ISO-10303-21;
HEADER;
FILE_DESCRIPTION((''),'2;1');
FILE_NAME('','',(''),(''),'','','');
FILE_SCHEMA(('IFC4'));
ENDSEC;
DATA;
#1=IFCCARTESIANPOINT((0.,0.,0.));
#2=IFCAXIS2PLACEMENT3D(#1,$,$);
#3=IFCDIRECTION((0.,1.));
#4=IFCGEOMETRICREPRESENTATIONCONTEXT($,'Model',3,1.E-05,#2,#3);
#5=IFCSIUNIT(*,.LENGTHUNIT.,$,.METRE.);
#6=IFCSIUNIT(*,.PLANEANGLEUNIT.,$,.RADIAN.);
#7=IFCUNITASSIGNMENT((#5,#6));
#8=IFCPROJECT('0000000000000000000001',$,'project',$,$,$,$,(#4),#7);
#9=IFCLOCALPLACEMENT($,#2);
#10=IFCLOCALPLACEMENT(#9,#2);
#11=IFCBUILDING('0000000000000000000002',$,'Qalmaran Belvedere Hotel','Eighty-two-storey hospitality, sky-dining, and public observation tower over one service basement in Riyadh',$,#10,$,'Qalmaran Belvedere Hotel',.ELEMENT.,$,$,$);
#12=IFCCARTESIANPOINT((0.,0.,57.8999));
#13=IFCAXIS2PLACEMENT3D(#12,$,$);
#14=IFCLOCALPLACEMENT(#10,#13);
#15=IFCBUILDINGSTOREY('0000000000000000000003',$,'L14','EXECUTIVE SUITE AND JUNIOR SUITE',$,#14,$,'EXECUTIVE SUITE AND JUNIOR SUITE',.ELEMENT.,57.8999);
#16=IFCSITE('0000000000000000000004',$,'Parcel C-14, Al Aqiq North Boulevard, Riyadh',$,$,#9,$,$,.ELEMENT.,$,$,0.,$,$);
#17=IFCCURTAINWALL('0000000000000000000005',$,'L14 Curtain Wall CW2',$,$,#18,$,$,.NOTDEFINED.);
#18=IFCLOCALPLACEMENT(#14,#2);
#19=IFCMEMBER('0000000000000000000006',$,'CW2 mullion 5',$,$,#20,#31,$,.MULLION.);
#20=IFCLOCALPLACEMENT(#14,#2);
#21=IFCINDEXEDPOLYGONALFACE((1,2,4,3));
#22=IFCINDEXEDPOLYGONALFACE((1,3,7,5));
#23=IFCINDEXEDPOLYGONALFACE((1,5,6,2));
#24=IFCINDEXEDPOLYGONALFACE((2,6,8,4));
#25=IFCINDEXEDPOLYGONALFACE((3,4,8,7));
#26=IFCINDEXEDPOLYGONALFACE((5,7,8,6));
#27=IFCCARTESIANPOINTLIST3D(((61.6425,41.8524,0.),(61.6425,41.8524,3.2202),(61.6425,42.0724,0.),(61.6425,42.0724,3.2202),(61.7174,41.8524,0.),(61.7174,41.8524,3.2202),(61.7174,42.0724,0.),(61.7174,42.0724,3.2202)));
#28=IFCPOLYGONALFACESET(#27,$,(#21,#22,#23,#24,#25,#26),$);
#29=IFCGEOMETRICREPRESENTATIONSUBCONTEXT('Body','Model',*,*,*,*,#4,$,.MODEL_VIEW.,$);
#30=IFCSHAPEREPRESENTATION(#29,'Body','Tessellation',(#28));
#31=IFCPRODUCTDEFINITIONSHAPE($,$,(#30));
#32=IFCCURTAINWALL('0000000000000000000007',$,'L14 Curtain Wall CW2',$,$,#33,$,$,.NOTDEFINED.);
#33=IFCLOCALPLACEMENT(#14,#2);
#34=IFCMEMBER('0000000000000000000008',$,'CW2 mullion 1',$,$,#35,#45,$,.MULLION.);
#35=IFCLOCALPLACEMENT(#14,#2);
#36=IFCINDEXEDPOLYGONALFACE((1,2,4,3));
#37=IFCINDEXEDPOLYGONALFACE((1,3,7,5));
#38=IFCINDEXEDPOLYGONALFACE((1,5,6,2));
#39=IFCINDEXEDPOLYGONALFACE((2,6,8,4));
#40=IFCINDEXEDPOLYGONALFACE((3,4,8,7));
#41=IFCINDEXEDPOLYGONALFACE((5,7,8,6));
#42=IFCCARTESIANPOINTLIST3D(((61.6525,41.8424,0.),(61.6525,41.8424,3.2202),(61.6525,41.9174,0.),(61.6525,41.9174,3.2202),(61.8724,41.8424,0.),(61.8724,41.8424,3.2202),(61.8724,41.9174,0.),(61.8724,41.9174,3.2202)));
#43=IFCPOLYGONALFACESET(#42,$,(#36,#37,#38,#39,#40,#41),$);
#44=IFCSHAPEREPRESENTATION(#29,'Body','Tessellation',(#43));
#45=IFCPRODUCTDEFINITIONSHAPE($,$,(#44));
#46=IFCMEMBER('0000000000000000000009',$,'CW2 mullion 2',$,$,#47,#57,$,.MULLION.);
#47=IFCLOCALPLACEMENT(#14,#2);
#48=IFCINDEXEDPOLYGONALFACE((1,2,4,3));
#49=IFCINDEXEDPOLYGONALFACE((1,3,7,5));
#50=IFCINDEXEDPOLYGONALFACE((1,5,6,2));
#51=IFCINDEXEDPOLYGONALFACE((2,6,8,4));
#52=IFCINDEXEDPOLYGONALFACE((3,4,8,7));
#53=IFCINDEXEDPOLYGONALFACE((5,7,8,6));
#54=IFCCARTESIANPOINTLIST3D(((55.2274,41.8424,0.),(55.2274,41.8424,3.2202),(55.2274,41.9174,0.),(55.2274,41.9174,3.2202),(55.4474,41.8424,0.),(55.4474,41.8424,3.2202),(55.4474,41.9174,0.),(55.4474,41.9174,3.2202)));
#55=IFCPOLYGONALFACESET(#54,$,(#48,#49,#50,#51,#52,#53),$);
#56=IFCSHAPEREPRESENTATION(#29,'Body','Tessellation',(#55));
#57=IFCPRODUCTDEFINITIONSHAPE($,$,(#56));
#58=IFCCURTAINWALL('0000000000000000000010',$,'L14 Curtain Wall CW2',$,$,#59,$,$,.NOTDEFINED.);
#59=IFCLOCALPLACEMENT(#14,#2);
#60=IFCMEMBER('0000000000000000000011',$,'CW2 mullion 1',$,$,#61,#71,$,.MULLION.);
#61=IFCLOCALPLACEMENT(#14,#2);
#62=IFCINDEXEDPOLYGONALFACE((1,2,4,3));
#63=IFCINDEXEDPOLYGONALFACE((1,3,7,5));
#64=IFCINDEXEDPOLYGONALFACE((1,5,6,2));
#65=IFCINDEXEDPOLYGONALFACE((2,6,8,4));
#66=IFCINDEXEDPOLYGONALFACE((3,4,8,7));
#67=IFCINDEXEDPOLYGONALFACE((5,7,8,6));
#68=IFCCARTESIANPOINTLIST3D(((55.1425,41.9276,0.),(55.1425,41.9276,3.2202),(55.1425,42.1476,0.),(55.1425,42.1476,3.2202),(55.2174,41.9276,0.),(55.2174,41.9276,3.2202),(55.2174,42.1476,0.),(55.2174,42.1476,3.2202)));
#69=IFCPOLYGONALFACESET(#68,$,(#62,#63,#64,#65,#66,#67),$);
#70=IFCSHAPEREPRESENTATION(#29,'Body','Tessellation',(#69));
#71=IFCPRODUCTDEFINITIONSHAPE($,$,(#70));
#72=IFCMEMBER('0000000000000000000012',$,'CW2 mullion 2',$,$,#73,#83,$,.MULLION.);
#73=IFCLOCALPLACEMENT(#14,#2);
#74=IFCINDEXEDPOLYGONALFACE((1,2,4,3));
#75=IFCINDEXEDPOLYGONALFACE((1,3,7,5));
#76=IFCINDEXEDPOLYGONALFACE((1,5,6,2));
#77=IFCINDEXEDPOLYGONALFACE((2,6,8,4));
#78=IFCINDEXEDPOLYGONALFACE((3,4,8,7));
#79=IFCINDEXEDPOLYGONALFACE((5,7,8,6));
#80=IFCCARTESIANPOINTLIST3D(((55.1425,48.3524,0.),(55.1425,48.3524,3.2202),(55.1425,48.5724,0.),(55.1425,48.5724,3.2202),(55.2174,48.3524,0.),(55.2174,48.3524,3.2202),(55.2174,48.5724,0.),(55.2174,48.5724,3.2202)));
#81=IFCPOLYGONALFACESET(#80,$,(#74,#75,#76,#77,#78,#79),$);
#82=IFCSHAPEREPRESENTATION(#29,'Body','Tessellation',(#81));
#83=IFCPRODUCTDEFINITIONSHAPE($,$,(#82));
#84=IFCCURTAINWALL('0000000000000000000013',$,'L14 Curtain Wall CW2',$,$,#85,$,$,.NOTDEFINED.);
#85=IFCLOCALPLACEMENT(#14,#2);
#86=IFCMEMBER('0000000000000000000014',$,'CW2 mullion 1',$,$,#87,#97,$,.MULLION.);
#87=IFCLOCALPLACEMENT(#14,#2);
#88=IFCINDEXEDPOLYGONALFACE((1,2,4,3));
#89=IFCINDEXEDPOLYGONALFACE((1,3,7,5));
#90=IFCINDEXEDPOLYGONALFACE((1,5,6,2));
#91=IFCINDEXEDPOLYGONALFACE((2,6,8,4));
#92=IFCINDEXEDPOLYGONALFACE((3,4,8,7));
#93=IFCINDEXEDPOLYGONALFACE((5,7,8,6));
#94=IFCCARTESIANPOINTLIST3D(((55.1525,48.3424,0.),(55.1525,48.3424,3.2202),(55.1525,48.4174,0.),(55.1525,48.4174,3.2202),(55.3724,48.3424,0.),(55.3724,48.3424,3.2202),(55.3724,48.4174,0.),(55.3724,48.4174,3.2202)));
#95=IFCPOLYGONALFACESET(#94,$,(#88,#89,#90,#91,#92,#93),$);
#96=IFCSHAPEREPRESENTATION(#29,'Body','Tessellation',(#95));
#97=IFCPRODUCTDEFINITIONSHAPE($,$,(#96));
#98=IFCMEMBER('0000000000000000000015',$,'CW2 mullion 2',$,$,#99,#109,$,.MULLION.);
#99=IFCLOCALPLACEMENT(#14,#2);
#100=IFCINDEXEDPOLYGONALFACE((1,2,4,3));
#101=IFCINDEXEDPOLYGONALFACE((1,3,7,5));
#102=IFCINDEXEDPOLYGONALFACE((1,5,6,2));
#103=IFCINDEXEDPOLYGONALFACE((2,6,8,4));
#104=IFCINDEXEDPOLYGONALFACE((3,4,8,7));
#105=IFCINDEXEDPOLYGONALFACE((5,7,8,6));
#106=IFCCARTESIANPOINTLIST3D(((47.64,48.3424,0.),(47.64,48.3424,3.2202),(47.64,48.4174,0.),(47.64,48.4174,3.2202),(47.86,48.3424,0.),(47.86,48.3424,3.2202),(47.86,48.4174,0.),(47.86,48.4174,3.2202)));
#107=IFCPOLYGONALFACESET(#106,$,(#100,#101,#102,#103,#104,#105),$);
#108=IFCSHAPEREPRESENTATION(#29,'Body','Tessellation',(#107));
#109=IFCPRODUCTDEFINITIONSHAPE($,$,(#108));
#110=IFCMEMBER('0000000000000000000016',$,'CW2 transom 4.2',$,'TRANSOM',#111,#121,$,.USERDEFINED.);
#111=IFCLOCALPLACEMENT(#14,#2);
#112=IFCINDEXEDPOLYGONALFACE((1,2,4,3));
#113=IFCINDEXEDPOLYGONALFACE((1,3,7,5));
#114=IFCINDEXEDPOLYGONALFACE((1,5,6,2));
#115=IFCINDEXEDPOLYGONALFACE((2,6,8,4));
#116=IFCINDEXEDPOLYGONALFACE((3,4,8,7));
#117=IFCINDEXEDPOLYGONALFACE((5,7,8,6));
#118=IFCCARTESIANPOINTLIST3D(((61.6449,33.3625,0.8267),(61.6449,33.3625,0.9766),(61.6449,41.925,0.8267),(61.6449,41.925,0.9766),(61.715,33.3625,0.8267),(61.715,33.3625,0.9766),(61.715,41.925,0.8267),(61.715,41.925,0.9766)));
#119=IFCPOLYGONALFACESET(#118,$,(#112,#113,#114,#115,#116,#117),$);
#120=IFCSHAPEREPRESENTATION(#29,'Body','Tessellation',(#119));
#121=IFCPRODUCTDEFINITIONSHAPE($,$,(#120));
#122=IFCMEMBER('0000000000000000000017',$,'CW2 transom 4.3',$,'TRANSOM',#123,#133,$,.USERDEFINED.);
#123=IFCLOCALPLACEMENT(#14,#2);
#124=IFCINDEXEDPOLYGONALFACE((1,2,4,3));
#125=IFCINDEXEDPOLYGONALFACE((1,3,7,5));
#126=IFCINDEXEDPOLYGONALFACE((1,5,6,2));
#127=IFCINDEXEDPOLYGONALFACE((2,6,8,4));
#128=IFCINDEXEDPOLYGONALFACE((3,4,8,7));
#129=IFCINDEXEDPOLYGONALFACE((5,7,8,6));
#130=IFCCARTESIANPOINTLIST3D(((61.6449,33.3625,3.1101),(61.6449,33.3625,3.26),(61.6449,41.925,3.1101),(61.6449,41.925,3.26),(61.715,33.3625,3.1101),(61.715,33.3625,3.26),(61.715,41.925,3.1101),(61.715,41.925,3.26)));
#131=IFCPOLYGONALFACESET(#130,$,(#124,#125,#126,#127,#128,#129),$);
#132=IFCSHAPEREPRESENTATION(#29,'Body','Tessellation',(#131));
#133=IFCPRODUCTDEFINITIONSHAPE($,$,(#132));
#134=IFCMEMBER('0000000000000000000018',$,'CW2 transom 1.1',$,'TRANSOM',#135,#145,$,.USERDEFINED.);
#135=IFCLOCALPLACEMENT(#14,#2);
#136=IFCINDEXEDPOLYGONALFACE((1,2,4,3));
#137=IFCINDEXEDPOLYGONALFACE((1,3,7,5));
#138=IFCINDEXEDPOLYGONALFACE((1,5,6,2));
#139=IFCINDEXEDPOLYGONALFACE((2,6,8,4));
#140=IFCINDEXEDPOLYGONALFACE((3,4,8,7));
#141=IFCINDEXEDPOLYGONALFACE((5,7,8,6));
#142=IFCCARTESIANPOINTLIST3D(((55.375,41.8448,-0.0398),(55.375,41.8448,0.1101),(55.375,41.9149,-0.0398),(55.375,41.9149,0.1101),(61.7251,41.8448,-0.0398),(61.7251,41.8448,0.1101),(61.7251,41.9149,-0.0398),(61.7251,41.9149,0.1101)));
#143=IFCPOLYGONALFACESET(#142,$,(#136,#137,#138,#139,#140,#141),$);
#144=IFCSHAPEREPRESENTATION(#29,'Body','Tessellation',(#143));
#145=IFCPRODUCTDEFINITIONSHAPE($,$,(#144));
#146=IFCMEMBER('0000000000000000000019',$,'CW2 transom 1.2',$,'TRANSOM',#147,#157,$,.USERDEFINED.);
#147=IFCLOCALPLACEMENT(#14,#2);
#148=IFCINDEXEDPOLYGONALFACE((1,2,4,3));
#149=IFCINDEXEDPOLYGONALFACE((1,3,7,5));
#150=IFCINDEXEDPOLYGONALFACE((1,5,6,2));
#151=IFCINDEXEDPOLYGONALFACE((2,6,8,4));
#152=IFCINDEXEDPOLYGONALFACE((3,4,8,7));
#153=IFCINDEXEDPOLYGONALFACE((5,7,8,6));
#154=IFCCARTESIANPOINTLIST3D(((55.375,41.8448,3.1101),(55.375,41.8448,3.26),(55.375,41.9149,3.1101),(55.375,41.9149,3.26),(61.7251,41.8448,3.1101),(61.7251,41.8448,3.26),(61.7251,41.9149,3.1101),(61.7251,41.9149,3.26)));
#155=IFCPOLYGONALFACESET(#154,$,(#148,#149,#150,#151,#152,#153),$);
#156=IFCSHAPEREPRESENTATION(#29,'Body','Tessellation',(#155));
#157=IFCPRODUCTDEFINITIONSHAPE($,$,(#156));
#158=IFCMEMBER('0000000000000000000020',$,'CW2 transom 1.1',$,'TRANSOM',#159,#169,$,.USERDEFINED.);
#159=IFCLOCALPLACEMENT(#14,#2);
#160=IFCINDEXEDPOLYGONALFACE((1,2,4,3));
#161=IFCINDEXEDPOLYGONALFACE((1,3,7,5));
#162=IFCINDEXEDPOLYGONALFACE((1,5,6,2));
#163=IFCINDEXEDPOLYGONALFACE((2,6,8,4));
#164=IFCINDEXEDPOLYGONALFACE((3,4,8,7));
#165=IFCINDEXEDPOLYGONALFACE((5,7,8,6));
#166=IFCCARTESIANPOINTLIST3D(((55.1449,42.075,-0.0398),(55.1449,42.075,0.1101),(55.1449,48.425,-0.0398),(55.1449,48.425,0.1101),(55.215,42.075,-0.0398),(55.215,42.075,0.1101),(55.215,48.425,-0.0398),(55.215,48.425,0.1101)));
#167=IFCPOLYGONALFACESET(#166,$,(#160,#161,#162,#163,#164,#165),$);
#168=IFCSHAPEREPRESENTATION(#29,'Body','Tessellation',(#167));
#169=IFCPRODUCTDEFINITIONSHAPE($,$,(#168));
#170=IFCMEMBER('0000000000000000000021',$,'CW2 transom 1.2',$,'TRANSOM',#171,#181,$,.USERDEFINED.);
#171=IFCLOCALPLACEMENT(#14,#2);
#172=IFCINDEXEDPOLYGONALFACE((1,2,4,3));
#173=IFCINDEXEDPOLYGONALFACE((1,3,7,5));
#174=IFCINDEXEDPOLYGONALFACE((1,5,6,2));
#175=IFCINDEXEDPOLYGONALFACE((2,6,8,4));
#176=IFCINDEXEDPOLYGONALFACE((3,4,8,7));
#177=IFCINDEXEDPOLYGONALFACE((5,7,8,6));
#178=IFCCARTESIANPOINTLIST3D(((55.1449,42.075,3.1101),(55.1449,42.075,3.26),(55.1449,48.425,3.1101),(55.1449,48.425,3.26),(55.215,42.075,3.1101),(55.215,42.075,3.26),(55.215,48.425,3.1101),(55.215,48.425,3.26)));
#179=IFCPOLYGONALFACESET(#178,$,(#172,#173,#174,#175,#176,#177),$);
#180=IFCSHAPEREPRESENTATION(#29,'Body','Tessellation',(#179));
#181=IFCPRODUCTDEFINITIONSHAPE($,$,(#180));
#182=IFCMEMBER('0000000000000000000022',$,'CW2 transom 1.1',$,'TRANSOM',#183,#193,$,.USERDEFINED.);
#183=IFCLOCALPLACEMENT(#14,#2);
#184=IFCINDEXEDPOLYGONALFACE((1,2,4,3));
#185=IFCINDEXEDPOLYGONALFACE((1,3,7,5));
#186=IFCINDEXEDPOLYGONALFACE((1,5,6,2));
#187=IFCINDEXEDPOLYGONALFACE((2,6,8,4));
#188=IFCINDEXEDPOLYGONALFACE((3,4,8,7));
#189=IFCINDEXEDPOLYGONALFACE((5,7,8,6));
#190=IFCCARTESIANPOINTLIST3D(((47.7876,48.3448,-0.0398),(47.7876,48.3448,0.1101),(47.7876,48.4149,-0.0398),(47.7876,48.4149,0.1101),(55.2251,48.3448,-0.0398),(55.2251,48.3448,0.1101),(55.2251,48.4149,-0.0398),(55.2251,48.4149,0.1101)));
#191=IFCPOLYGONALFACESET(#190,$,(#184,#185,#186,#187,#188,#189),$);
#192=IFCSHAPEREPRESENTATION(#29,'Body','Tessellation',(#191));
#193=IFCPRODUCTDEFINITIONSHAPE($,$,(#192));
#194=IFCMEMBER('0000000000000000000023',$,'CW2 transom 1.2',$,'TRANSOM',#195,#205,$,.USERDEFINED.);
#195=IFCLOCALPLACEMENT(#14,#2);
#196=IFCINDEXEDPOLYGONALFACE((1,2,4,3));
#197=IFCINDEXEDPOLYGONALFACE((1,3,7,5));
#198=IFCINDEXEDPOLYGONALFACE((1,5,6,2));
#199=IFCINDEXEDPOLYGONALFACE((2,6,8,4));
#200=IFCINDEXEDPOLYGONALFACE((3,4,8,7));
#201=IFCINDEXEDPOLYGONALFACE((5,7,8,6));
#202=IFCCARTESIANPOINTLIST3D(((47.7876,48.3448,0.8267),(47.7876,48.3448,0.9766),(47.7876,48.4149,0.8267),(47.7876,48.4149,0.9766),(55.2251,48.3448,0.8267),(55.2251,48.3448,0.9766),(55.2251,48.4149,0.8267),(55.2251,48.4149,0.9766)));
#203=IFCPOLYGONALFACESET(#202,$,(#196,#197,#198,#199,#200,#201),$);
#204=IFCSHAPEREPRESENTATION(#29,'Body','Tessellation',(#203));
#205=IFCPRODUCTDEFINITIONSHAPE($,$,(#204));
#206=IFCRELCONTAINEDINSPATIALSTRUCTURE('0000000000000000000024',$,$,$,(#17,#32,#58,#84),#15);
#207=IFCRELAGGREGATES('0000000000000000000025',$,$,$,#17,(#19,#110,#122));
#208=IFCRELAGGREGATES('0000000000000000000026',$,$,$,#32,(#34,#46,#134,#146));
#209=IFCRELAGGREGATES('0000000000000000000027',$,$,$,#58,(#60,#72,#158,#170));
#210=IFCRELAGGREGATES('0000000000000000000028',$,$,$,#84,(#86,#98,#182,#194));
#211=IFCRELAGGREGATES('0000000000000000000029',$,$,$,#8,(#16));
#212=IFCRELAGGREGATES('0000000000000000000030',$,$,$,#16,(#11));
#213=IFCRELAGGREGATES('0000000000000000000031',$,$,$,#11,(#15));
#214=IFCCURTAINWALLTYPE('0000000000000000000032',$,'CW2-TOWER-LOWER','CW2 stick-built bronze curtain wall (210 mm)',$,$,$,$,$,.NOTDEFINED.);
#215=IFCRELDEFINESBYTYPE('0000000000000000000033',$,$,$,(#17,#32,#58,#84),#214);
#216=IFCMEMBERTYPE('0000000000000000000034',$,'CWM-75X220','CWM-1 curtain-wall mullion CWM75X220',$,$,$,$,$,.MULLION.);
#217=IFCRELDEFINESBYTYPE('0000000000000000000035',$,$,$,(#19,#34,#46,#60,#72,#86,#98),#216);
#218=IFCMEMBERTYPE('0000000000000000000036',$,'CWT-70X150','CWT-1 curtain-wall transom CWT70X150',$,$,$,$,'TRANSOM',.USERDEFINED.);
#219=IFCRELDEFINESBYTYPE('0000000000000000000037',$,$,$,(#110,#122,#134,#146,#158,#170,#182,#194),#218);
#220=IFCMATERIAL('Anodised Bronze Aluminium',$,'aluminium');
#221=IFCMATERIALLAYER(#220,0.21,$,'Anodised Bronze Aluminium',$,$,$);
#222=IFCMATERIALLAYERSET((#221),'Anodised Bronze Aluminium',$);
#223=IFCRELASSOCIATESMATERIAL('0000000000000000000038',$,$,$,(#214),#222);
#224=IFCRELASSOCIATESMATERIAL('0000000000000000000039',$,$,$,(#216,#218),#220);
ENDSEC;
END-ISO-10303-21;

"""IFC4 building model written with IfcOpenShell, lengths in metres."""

from ifc_helpers import new_model, si_unit, direction, frame, origin, origin_2d, place, context, subcontext, project, spatial, rectangle, extrude, material, layer, layer_set, material_profile, profile_set, type_object, element, aggregate, save


model = new_model("IFC4")

# Units and contexts
model_context = context("Model", 3, precision=1e-05, world=origin(), true_north=direction((0.0, 1.0)))
body_context = subcontext(model_context, "Body", "Model", "MODEL_VIEW")
ifc_project = project(units=[si_unit("LENGTHUNIT", "METRE"), si_unit("PLANEANGLEUNIT", "RADIAN")], contexts=[model_context])

# Site, building, storey
site_placement = place(None, origin())
site = spatial("IfcSite", under=ifc_project, at=site_placement, Name="Parcel C-14, Al Aqiq North Boulevard, Riyadh", CompositionType="ELEMENT", RefElevation=0.0)
building_placement = place(site_placement, origin())
building = spatial("IfcBuilding", under=site, at=building_placement, Name="Qalmaran Belvedere Hotel", Description="Eighty-two-storey hospitality, sky-dining, and public observation tower over one service basement in Riyadh", LongName="Qalmaran Belvedere Hotel", CompositionType="ELEMENT")
storey_placement = place(building_placement, frame((0.0, 0.0, 57.8999)))
storey = spatial("IfcBuildingStorey", under=building, at=storey_placement, Name="L14", Description="EXECUTIVE SUITE AND JUNIOR SUITE", LongName="EXECUTIVE SUITE AND JUNIOR SUITE", CompositionType="ELEMENT", Elevation=57.8999)

# Curtain wall, member
ifc_material_1 = material(Name="Anodised Bronze Aluminium", Category="aluminium")
ifc_layer_1 = layer(ifc_material_1, 0.21, Name="Anodised Bronze Aluminium")
ifc_layer_set_1 = layer_set([ifc_layer_1], Name="Anodised Bronze Aluminium")
curtain_wall_type = type_object("IfcCurtainWallType", Name="CW2-TOWER-LOWER", Description="CW2 stick-built bronze curtain wall (210 mm)", PredefinedType="NOTDEFINED", material=ifc_layer_set_1)
curtain_wall_1_placement = place(storey_placement, origin())
curtain_wall_1 = element("IfcCurtainWall", 1, at=curtain_wall_1_placement, inside=storey, type_object=curtain_wall_type, Name="L14 Curtain Wall CW2", PredefinedType="NOTDEFINED")
ifc_material_profile_1 = material_profile(ifc_material_1, rectangle(XDim=0.075, YDim=0.22, at=origin_2d()), Name="CWM75X220")
ifc_profile_set_1 = profile_set([ifc_material_profile_1], Name="Anodised Bronze Aluminium")
member_type_1 = type_object("IfcMemberType", Name="CWM-75X220", Description="CWM-1 curtain-wall mullion CWM75X220", PredefinedType="MULLION", material=ifc_profile_set_1)
member_1_placement = place(storey_placement, frame((61.6799, 41.9624, 0.0), z_axis=(0.0, 0.0, 1.0), x_axis=(-1.0, 0.0, 0.0)))
member_1 = element("IfcMember", 2, at=member_1_placement, type_object=member_type_1, Name="CW2 mullion 5", PredefinedType="MULLION", context=body_context, shape_type="SweptSolid", body=[
    extrude(rectangle(XDim=0.075, YDim=0.22, at=origin_2d()), origin(), (0.0, 0.0, 1.0), 3.2202),
])

# Curtain walls, members
curtain_wall_2_placement = place(storey_placement, origin())
curtain_wall_2 = element("IfcCurtainWall", 3, at=curtain_wall_2_placement, inside=storey, type_object=curtain_wall_type, Name="L14 Curtain Wall CW2", PredefinedType="NOTDEFINED")
member_2_placement = place(storey_placement, frame((61.7625, 41.8799, 0.0), z_axis=(0.0, 0.0, 1.0), x_axis=(0.0, -1.0, 0.0)))
member_2 = element("IfcMember", 4, at=member_2_placement, type_object=member_type_1, Name="CW2 mullion 1", PredefinedType="MULLION", context=body_context, shape_type="SweptSolid", body=[
    extrude(rectangle(XDim=0.075, YDim=0.22, at=origin_2d()), origin(), (0.0, 0.0, 1.0), 3.2202),
])
member_3_placement = place(storey_placement, frame((55.3374, 41.8799, 0.0), z_axis=(0.0, 0.0, 1.0), x_axis=(0.0, -1.0, 0.0)))
member_3 = element("IfcMember", 5, at=member_3_placement, type_object=member_type_1, Name="CW2 mullion 2", PredefinedType="MULLION", context=body_context, shape_type="SweptSolid", body=[
    extrude(rectangle(XDim=0.075, YDim=0.22, at=origin_2d()), origin(), (0.0, 0.0, 1.0), 3.2202),
])
curtain_wall_3_placement = place(storey_placement, origin())
curtain_wall_3 = element("IfcCurtainWall", 6, at=curtain_wall_3_placement, inside=storey, type_object=curtain_wall_type, Name="L14 Curtain Wall CW2", PredefinedType="NOTDEFINED")
member_4_placement = place(storey_placement, frame((55.1799, 42.0376, 0.0), z_axis=(0.0, 0.0, 1.0), x_axis=(-1.0, 0.0, 0.0)))
member_4 = element("IfcMember", 7, at=member_4_placement, type_object=member_type_1, Name="CW2 mullion 1", PredefinedType="MULLION", context=body_context, shape_type="SweptSolid", body=[
    extrude(rectangle(XDim=0.075, YDim=0.22, at=origin_2d()), origin(), (0.0, 0.0, 1.0), 3.2202),
])
member_5_placement = place(storey_placement, frame((55.1799, 48.4624, 0.0), z_axis=(0.0, 0.0, 1.0), x_axis=(-1.0, 0.0, 0.0)))
member_5 = element("IfcMember", 8, at=member_5_placement, type_object=member_type_1, Name="CW2 mullion 2", PredefinedType="MULLION", context=body_context, shape_type="SweptSolid", body=[
    extrude(rectangle(XDim=0.075, YDim=0.22, at=origin_2d()), origin(), (0.0, 0.0, 1.0), 3.2202),
])
curtain_wall_4_placement = place(storey_placement, origin())
curtain_wall_4 = element("IfcCurtainWall", 9, at=curtain_wall_4_placement, inside=storey, type_object=curtain_wall_type, Name="L14 Curtain Wall CW2", PredefinedType="NOTDEFINED")
member_6_placement = place(storey_placement, frame((55.2625, 48.3799, 0.0), z_axis=(0.0, 0.0, 1.0), x_axis=(0.0, -1.0, 0.0)))
member_6 = element("IfcMember", 10, at=member_6_placement, type_object=member_type_1, Name="CW2 mullion 1", PredefinedType="MULLION", context=body_context, shape_type="SweptSolid", body=[
    extrude(rectangle(XDim=0.075, YDim=0.22, at=origin_2d()), origin(), (0.0, 0.0, 1.0), 3.2202),
])
member_7_placement = place(storey_placement, frame((47.75, 48.3799, 0.0), z_axis=(0.0, 0.0, 1.0), x_axis=(0.0, -1.0, 0.0)))
member_7 = element("IfcMember", 11, at=member_7_placement, type_object=member_type_1, Name="CW2 mullion 2", PredefinedType="MULLION", context=body_context, shape_type="SweptSolid", body=[
    extrude(rectangle(XDim=0.075, YDim=0.22, at=origin_2d()), origin(), (0.0, 0.0, 1.0), 3.2202),
])

# Members
ifc_material_profile_2 = material_profile(ifc_material_1, rectangle(XDim=0.0701, YDim=0.1499, at=origin_2d()), Name="CWT70X150")
ifc_profile_set_2 = profile_set([ifc_material_profile_2], Name="Anodised Bronze Aluminium")
member_type_2 = type_object("IfcMemberType", Name="CWT-70X150", Description="CWT-1 curtain-wall transom CWT70X150", ElementType="TRANSOM", PredefinedType="USERDEFINED", material=ifc_profile_set_2)
member_8_placement = place(storey_placement, frame((61.6799, 33.3625, 0.9016), z_axis=(0.0, 1.0, 0.0), x_axis=(-1.0, 0.0, 0.0)))
member_8 = element("IfcMember", 12, at=member_8_placement, type_object=member_type_2, Name="CW2 transom 4.2", ObjectType="TRANSOM", PredefinedType="USERDEFINED", context=body_context, shape_type="SweptSolid", body=[
    extrude(rectangle(XDim=0.0701, YDim=0.1499, at=origin_2d()), origin(), (0.0, 0.0, 1.0), 8.5625),
])
member_9_placement = place(storey_placement, frame((61.6799, 33.3625, 3.1851), z_axis=(0.0, 1.0, 0.0), x_axis=(-1.0, 0.0, 0.0)))
member_9 = element("IfcMember", 13, at=member_9_placement, type_object=member_type_2, Name="CW2 transom 4.3", ObjectType="TRANSOM", PredefinedType="USERDEFINED", context=body_context, shape_type="SweptSolid", body=[
    extrude(rectangle(XDim=0.0701, YDim=0.1499, at=origin_2d()), origin(), (0.0, 0.0, 1.0), 8.5625),
])
member_10_placement = place(storey_placement, frame((61.7251, 41.8799, 0.0352), z_axis=(-1.0, 0.0, 0.0), x_axis=(0.0, -1.0, 0.0)))
member_10 = element("IfcMember", 14, at=member_10_placement, type_object=member_type_2, Name="CW2 transom 1.1", ObjectType="TRANSOM", PredefinedType="USERDEFINED", context=body_context, shape_type="SweptSolid", body=[
    extrude(rectangle(XDim=0.0701, YDim=0.1499, at=origin_2d()), origin(), (0.0, 0.0, 1.0), 6.3501),
])
member_11_placement = place(storey_placement, frame((61.7251, 41.8799, 3.1851), z_axis=(-1.0, 0.0, 0.0), x_axis=(0.0, -1.0, 0.0)))
member_11 = element("IfcMember", 15, at=member_11_placement, type_object=member_type_2, Name="CW2 transom 1.2", ObjectType="TRANSOM", PredefinedType="USERDEFINED", context=body_context, shape_type="SweptSolid", body=[
    extrude(rectangle(XDim=0.0701, YDim=0.1499, at=origin_2d()), origin(), (0.0, 0.0, 1.0), 6.3501),
])
member_12_placement = place(storey_placement, frame((55.1799, 42.075, 0.0352), z_axis=(0.0, 1.0, 0.0), x_axis=(-1.0, 0.0, 0.0)))
member_12 = element("IfcMember", 16, at=member_12_placement, type_object=member_type_2, Name="CW2 transom 1.1", ObjectType="TRANSOM", PredefinedType="USERDEFINED", context=body_context, shape_type="SweptSolid", body=[
    extrude(rectangle(XDim=0.0701, YDim=0.1499, at=origin_2d()), origin(), (0.0, 0.0, 1.0), 6.3501),
])
member_13_placement = place(storey_placement, frame((55.1799, 42.075, 3.1851), z_axis=(0.0, 1.0, 0.0), x_axis=(-1.0, 0.0, 0.0)))
member_13 = element("IfcMember", 17, at=member_13_placement, type_object=member_type_2, Name="CW2 transom 1.2", ObjectType="TRANSOM", PredefinedType="USERDEFINED", context=body_context, shape_type="SweptSolid", body=[
    extrude(rectangle(XDim=0.0701, YDim=0.1499, at=origin_2d()), origin(), (0.0, 0.0, 1.0), 6.3501),
])
member_14_placement = place(storey_placement, frame((55.2251, 48.3799, 0.0352), z_axis=(-1.0, 0.0, 0.0), x_axis=(0.0, -1.0, 0.0)))
member_14 = element("IfcMember", 18, at=member_14_placement, type_object=member_type_2, Name="CW2 transom 1.1", ObjectType="TRANSOM", PredefinedType="USERDEFINED", context=body_context, shape_type="SweptSolid", body=[
    extrude(rectangle(XDim=0.0701, YDim=0.1499, at=origin_2d()), origin(), (0.0, 0.0, 1.0), 7.4375),
])
member_15_placement = place(storey_placement, frame((55.2251, 48.3799, 0.9016), z_axis=(-1.0, 0.0, 0.0), x_axis=(0.0, -1.0, 0.0)))
member_15 = element("IfcMember", 19, at=member_15_placement, type_object=member_type_2, Name="CW2 transom 1.2", ObjectType="TRANSOM", PredefinedType="USERDEFINED", context=body_context, shape_type="SweptSolid", body=[
    extrude(rectangle(XDim=0.0701, YDim=0.1499, at=origin_2d()), origin(), (0.0, 0.0, 1.0), 7.4375),
])

aggregate(curtain_wall_1, [member_1, member_8, member_9])
aggregate(curtain_wall_2, [member_2, member_3, member_10, member_11])
aggregate(curtain_wall_3, [member_4, member_5, member_12, member_13])
aggregate(curtain_wall_4, [member_6, member_7, member_14, member_15])

save(model, "model.ifc")
